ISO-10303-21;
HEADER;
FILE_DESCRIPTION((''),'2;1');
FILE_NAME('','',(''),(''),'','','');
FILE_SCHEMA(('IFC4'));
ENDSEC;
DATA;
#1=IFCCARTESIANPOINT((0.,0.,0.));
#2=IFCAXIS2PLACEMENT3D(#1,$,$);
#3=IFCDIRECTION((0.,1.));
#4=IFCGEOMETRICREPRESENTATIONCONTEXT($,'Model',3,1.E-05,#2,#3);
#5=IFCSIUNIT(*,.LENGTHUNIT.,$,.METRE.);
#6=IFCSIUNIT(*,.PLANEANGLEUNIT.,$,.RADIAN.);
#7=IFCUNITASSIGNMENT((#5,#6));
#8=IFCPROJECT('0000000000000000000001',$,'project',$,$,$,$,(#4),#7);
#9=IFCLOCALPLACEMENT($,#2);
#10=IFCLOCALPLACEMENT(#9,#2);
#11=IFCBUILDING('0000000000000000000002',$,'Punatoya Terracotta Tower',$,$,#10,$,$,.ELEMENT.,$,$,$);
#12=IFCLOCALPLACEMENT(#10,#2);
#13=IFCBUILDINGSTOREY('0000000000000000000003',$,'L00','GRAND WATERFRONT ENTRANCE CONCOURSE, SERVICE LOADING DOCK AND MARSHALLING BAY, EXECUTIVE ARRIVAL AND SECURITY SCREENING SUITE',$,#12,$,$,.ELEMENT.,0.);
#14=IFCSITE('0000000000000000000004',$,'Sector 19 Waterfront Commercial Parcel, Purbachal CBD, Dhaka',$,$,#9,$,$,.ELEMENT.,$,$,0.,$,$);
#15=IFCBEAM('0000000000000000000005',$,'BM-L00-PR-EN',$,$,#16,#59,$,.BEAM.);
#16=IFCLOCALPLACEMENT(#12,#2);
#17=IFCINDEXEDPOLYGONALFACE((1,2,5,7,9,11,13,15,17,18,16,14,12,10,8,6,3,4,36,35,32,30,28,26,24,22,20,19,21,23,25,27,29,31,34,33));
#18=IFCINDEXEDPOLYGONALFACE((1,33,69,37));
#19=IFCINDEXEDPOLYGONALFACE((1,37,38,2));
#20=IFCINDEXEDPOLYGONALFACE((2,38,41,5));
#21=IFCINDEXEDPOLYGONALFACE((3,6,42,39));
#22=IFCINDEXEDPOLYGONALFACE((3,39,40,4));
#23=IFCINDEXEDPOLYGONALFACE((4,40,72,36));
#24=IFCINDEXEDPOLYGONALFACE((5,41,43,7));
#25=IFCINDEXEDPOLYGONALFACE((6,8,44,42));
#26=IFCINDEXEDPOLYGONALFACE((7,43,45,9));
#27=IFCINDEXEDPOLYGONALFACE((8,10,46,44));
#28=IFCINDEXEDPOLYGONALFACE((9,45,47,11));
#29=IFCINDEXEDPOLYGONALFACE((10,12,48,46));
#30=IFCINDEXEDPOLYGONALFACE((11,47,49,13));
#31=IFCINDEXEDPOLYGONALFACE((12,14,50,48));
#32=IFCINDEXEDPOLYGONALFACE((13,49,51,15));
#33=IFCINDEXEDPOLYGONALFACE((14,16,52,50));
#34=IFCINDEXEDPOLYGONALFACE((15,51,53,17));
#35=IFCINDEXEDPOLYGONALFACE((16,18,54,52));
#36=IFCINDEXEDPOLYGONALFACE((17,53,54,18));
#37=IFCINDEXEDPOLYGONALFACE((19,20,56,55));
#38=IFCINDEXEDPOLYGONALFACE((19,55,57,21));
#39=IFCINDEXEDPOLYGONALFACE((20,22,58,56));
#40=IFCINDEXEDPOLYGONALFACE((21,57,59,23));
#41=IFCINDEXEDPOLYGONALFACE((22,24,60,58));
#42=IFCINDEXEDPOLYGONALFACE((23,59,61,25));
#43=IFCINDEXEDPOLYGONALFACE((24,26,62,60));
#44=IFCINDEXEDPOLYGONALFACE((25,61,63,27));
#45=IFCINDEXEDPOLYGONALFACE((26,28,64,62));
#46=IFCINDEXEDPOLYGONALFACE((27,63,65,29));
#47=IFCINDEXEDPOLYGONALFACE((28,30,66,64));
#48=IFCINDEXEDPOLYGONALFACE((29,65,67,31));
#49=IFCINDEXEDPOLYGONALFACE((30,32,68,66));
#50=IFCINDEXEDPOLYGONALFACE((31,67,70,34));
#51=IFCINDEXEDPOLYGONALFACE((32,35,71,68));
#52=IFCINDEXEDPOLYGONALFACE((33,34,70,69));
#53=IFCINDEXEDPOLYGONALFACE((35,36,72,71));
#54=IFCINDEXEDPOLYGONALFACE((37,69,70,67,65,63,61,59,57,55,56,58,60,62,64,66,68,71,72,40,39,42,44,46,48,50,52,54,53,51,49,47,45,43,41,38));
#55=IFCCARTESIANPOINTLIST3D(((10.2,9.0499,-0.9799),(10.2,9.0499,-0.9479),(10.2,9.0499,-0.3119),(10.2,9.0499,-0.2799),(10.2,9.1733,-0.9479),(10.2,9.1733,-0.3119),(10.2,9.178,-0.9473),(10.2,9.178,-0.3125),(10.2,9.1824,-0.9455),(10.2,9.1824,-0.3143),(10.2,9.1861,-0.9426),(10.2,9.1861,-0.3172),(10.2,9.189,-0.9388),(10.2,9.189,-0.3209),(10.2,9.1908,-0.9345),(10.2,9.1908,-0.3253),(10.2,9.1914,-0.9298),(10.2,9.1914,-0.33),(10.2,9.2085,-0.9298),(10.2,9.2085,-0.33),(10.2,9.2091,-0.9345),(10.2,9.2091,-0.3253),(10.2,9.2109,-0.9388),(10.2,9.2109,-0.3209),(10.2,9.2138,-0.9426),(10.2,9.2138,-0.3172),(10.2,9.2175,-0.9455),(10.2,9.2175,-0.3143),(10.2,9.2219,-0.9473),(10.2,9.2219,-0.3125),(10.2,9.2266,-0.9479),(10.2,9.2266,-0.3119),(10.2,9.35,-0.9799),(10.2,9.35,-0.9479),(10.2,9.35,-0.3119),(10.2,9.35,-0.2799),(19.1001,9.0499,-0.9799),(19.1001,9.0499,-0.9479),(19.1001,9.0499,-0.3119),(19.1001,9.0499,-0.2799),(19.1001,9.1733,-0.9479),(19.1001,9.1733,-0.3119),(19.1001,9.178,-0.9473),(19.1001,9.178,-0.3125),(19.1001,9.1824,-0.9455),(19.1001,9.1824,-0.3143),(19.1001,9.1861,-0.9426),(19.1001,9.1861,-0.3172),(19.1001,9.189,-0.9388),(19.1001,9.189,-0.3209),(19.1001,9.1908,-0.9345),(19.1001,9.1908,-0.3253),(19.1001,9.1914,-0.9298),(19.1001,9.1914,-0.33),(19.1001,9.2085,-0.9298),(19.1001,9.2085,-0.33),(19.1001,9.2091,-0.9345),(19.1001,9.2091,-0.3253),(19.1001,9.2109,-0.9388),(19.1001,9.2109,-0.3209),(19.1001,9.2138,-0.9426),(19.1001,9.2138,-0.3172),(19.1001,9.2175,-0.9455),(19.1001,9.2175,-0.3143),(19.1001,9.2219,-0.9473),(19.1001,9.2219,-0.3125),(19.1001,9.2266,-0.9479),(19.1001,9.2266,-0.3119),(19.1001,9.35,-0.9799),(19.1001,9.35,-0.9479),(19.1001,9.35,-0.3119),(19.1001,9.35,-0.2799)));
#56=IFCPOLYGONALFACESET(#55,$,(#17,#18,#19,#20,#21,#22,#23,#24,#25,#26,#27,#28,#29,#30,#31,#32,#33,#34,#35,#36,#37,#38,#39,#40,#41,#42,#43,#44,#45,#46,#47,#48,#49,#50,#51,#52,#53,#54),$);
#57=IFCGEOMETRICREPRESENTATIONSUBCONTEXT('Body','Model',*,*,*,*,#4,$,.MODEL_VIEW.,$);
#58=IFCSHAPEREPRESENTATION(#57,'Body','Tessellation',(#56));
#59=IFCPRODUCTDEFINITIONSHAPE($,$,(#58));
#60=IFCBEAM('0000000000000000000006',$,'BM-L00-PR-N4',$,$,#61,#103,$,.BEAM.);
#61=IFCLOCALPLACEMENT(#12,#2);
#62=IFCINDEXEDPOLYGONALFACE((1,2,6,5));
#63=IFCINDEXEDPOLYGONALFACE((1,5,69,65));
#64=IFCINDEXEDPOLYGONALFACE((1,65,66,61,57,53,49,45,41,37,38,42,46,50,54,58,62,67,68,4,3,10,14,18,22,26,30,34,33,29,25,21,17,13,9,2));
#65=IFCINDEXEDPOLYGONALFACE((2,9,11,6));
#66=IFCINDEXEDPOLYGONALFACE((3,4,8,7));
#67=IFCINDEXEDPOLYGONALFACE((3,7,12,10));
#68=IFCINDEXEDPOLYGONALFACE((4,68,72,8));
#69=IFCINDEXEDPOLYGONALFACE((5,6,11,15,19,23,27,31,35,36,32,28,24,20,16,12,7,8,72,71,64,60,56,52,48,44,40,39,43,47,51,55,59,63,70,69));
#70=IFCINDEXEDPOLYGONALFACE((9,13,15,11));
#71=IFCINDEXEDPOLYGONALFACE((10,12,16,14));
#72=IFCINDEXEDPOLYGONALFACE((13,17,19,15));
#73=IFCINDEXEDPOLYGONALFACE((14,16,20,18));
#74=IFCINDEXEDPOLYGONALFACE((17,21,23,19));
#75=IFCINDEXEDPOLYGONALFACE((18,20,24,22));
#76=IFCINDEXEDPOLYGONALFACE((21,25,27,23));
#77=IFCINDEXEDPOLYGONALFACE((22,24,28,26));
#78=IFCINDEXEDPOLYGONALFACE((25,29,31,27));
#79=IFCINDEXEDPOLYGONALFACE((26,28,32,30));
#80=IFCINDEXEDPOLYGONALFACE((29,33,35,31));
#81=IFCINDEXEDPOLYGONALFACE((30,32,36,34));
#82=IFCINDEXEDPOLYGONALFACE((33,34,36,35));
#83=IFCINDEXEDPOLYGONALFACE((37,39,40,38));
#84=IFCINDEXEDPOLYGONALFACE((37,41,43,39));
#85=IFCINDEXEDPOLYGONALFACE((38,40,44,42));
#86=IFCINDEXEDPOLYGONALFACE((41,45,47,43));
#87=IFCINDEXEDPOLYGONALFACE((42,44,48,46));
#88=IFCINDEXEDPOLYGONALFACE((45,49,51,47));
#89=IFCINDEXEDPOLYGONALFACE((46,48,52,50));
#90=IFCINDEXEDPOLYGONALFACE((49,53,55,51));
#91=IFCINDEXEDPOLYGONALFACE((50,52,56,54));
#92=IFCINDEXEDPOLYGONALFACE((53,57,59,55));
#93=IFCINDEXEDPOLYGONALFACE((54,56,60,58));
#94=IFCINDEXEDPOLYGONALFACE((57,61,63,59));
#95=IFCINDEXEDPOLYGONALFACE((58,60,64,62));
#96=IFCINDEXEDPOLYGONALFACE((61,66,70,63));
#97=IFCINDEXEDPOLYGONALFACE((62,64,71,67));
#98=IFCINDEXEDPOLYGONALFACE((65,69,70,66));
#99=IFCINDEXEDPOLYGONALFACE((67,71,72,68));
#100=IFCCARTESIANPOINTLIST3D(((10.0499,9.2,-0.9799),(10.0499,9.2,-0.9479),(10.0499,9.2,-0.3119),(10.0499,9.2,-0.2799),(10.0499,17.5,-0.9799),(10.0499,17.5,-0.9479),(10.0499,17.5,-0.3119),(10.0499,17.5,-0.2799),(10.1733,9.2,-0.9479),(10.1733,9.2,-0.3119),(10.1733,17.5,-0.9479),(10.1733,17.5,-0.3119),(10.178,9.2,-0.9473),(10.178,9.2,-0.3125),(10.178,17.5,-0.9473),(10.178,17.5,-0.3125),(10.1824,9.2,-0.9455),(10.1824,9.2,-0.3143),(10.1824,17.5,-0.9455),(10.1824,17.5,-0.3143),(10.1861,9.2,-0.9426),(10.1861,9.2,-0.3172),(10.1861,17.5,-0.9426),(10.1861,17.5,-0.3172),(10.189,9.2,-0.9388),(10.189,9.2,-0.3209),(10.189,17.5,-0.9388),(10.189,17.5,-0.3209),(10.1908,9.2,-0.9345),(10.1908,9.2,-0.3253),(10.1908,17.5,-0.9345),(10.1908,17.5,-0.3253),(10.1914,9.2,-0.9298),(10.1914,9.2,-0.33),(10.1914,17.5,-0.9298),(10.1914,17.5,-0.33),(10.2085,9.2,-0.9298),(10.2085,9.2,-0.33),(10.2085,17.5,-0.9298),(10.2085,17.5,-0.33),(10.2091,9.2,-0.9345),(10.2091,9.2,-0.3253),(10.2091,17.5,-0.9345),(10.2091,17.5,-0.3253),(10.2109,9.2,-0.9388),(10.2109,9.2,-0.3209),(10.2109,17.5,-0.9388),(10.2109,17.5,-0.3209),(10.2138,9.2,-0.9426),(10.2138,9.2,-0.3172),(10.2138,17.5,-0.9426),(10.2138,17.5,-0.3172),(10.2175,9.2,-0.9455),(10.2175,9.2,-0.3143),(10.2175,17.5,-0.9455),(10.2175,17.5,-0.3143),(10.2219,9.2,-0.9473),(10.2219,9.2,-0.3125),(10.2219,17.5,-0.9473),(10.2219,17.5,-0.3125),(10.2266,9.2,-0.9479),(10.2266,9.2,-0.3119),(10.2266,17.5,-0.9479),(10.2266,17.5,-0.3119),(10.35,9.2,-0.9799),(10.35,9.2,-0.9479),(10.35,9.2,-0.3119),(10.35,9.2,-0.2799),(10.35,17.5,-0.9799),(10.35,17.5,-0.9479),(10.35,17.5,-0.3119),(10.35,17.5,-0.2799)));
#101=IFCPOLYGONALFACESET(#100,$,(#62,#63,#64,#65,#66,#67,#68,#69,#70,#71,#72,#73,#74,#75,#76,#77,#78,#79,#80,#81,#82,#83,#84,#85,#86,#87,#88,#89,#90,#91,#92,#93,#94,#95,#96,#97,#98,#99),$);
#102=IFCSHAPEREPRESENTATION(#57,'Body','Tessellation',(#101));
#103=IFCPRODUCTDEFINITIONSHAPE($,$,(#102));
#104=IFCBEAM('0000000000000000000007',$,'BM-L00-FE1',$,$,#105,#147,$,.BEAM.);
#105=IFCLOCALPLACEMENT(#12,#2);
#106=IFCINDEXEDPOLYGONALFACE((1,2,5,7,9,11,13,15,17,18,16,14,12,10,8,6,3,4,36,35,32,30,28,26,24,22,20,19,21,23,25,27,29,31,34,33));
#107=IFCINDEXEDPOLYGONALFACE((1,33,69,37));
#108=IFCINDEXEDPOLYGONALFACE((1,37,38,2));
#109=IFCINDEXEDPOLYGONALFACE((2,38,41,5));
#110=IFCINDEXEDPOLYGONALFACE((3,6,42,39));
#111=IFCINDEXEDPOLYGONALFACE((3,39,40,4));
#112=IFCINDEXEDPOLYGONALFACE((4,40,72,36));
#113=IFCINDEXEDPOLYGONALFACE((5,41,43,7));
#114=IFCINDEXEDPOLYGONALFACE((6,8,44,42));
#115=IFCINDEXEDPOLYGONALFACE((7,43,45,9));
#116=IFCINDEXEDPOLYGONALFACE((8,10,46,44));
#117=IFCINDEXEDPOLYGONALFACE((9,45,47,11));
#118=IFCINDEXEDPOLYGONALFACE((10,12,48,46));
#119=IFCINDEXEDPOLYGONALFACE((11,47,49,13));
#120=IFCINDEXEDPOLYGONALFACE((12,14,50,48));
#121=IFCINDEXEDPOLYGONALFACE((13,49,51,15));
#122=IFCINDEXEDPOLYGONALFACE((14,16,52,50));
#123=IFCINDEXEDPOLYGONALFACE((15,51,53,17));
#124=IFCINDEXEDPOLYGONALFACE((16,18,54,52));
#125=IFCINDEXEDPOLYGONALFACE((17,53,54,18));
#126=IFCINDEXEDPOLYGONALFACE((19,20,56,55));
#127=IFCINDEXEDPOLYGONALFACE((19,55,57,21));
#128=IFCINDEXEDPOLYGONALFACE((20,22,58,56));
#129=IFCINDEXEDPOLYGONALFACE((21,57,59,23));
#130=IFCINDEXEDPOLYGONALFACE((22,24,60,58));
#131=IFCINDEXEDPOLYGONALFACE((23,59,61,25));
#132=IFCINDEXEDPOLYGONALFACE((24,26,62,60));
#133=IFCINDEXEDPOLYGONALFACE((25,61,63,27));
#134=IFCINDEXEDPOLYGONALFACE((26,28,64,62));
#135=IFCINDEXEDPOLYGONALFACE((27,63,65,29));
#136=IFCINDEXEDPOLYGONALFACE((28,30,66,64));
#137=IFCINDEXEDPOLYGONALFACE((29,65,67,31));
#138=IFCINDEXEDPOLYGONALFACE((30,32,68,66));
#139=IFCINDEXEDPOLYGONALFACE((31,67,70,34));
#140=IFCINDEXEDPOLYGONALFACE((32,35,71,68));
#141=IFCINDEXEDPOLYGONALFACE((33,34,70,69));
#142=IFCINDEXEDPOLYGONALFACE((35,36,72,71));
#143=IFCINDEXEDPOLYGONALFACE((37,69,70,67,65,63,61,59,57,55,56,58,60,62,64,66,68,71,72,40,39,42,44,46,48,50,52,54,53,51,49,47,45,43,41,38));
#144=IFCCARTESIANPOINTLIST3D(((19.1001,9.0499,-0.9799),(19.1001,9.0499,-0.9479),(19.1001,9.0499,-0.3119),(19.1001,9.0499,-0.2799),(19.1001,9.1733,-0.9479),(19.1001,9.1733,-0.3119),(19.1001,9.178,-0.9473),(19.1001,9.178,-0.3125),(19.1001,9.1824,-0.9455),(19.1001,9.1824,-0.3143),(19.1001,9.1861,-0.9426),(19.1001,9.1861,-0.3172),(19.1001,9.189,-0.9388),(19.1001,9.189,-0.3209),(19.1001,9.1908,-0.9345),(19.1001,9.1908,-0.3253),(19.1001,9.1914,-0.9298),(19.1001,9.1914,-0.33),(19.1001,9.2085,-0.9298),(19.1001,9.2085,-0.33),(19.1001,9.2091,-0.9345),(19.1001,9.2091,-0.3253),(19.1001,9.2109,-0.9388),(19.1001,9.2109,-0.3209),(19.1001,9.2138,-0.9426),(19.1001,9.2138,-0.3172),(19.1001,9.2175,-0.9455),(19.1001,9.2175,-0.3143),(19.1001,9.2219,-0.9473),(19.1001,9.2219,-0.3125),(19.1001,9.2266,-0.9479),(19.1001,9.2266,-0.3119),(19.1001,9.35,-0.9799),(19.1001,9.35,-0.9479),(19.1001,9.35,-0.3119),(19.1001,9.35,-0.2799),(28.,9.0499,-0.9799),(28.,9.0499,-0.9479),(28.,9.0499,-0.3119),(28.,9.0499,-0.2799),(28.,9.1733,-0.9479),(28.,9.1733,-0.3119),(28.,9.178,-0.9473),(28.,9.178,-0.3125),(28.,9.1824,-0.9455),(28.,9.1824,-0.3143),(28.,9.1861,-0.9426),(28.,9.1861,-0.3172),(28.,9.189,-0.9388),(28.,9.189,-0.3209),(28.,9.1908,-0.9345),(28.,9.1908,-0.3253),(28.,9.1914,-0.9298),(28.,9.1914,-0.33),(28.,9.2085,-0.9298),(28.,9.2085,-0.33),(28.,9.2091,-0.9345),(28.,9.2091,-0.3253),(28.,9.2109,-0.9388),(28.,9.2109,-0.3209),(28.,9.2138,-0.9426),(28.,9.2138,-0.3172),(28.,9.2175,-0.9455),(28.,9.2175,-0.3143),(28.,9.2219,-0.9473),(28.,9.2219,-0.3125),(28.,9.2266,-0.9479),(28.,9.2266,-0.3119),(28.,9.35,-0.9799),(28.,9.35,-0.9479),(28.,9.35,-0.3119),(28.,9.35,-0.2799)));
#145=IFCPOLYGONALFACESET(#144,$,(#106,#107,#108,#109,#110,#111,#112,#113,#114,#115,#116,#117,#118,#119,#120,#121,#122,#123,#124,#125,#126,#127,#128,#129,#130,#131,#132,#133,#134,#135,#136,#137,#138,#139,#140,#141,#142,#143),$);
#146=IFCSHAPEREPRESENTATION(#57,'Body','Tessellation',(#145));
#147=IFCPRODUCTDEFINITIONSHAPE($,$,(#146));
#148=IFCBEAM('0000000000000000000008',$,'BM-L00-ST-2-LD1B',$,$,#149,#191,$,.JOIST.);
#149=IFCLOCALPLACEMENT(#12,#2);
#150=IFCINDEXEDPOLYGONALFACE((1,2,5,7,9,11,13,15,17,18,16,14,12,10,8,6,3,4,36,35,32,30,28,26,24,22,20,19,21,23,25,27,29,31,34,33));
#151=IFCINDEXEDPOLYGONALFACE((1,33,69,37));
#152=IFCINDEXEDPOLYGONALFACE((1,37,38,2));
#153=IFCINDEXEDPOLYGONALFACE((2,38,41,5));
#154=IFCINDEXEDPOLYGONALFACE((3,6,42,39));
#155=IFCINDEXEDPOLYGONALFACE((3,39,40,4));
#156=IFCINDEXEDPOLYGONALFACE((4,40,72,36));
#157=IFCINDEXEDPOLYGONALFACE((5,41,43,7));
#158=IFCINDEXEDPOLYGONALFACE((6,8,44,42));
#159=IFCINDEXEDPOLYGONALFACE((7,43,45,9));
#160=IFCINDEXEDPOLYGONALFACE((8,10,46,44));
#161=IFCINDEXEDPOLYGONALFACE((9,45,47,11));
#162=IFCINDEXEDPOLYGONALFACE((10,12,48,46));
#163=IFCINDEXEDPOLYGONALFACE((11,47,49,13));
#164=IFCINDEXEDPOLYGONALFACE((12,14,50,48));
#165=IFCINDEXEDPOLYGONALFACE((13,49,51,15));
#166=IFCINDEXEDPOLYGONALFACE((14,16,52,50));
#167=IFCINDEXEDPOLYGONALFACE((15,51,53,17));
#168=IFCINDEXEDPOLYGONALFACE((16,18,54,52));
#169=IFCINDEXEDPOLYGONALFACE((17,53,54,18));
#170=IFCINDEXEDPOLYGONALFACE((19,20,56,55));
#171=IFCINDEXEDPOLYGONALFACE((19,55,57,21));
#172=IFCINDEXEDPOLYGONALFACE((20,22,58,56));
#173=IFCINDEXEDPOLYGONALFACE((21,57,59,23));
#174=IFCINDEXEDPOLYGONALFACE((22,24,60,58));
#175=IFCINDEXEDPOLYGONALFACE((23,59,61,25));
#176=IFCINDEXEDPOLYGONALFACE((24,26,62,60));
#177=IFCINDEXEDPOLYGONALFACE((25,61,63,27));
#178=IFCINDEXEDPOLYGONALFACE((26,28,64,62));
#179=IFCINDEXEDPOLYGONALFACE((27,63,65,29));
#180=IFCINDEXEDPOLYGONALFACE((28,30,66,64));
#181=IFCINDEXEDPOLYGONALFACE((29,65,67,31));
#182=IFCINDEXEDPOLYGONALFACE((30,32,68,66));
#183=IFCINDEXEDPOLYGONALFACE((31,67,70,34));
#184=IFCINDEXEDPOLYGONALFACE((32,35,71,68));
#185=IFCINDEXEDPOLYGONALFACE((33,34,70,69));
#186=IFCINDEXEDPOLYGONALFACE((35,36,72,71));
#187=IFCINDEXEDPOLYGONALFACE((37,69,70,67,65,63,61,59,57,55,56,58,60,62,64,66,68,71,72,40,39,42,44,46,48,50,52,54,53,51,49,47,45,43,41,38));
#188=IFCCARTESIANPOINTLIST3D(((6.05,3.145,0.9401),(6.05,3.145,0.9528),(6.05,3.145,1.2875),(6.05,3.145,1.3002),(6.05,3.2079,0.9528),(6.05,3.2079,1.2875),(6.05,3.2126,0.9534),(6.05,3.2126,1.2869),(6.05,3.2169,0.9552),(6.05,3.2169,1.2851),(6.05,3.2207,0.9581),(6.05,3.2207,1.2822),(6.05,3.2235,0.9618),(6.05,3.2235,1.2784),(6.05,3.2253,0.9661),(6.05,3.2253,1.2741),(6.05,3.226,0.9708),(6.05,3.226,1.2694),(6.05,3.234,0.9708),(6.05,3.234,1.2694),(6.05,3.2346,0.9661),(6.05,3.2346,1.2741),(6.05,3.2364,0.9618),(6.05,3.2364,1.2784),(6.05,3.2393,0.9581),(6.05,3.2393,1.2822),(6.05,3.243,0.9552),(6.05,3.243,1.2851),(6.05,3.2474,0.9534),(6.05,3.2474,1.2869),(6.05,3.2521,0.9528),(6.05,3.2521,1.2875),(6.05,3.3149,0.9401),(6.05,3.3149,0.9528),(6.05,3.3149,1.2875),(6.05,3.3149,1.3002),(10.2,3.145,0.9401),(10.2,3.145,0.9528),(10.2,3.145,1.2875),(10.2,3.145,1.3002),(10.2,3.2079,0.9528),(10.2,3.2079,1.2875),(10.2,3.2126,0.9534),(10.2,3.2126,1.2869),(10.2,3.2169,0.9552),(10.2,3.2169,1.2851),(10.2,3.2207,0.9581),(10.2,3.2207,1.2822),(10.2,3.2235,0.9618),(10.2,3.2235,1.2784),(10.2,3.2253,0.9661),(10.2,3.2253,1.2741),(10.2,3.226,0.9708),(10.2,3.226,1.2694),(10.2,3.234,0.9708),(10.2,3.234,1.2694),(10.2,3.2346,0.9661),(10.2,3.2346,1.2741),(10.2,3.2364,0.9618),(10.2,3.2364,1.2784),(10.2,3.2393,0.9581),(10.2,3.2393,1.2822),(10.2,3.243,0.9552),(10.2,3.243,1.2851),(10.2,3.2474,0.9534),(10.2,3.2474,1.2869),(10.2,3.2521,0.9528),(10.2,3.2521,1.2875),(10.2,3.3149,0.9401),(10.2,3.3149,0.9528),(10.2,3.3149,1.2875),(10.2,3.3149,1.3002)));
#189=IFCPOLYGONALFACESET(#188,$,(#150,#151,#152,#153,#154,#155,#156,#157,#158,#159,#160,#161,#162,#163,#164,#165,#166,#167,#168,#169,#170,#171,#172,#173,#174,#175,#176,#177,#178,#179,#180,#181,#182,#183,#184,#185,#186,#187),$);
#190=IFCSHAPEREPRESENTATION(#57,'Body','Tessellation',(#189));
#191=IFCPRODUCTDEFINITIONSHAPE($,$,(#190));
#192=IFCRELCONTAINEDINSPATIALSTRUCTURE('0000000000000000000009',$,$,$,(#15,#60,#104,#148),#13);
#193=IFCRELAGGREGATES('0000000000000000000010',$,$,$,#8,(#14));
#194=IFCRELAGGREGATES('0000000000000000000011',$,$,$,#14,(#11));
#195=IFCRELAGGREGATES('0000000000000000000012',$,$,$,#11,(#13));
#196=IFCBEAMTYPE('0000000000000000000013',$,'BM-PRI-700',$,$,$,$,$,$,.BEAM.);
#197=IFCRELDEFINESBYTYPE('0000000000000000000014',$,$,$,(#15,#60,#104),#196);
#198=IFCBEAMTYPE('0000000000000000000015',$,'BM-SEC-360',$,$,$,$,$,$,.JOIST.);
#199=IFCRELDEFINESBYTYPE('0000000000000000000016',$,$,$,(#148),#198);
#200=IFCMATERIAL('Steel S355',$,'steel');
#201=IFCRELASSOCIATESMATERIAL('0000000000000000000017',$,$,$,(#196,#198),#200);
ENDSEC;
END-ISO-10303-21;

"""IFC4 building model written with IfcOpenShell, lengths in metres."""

from ifc_helpers import new_model, si_unit, direction, frame, origin, origin_2d, place, context, subcontext, project, spatial, i_section, extrude, material, material_profile, profile_set, type_object, element, save


model = new_model("IFC4")

# Units and contexts
model_context = context("Model", 3, precision=1e-05, world=origin(), true_north=direction((0.0, 1.0)))
body_context = subcontext(model_context, "Body", "Model", "MODEL_VIEW")
ifc_project = project(units=[si_unit("LENGTHUNIT", "METRE"), si_unit("PLANEANGLEUNIT", "RADIAN")], contexts=[model_context])

# Site, building, storey
site_placement = place(None, origin())
site = spatial("IfcSite", under=ifc_project, at=site_placement, Name="Sector 19 Waterfront Commercial Parcel, Purbachal CBD, Dhaka", CompositionType="ELEMENT", RefElevation=0.0)
building_placement = place(site_placement, origin())
building = spatial("IfcBuilding", under=site, at=building_placement, Name="Punatoya Terracotta Tower", CompositionType="ELEMENT")
storey_placement = place(building_placement, origin())
storey = spatial("IfcBuildingStorey", under=building, at=storey_placement, Name="L00", Description="GRAND WATERFRONT ENTRANCE CONCOURSE, SERVICE LOADING DOCK AND MARSHALLING BAY, EXECUTIVE ARRIVAL AND SECURITY SCREENING SUITE", CompositionType="ELEMENT", Elevation=0.0)

# Beams
ifc_material_1 = material(Name="Steel S355", Category="steel")
ifc_material_profile_1 = material_profile(ifc_material_1, i_section(OverallWidth=0.3, OverallDepth=0.7, WebThickness=0.0171, FlangeThickness=0.032, FilletRadius=0.0181, at=origin_2d()))
ifc_profile_set_1 = profile_set([ifc_material_profile_1], Name="Steel S355")
beam_type_1 = type_object("IfcBeamType", Name="BM-PRI-700", PredefinedType="BEAM", material=ifc_profile_set_1)
for number, where, z_axis, x_axis, name in (
    (1, (10.2, 9.2, -0.6299), (1.0, 0.0, 0.0), (0.0, 1.0, 0.0), "BM-L00-PR-EN"),
):
    element("IfcBeam", number, at=place(storey_placement, frame(where, z_axis=z_axis, x_axis=x_axis)), inside=storey, type_object=beam_type_1, Name=name, PredefinedType="BEAM", context=body_context, shape_type="SweptSolid", body=[
        extrude(i_section(OverallWidth=0.3, OverallDepth=0.7, WebThickness=0.0171, FlangeThickness=0.032, FilletRadius=0.0181, at=origin_2d()), origin(), (0.0, 0.0, 1.0), 8.9001),
    ])
beam_1_placement = place(storey_placement, frame((10.2, 9.2, -0.6299), z_axis=(0.0, 1.0, 0.0), x_axis=(-1.0, 0.0, 0.0)))
element("IfcBeam", 2, at=beam_1_placement, inside=storey, type_object=beam_type_1, Name="BM-L00-PR-N4", PredefinedType="BEAM", context=body_context, shape_type="SweptSolid", body=[
    extrude(i_section(OverallWidth=0.3, OverallDepth=0.7, WebThickness=0.0171, FlangeThickness=0.032, FilletRadius=0.0181, at=origin_2d()), origin(), (0.0, 0.0, 1.0), 8.3),
])
beam_2_placement = place(storey_placement, frame((19.1001, 9.2, -0.6299), z_axis=(1.0, 0.0, 0.0), x_axis=(0.0, 1.0, 0.0)))
element("IfcBeam", 3, at=beam_2_placement, inside=storey, type_object=beam_type_1, Name="BM-L00-FE1", PredefinedType="BEAM", context=body_context, shape_type="SweptSolid", body=[
    extrude(i_section(OverallWidth=0.3, OverallDepth=0.7, WebThickness=0.0171, FlangeThickness=0.032, FilletRadius=0.0181, at=origin_2d()), origin(), (0.0, 0.0, 1.0), 8.8999),
])
ifc_material_profile_2 = material_profile(ifc_material_1, i_section(OverallWidth=0.1699, OverallDepth=0.3601, WebThickness=0.0081, FlangeThickness=0.0127, FilletRadius=0.0181, at=origin_2d()))
ifc_profile_set_2 = profile_set([ifc_material_profile_2], Name="Steel S355")
beam_type_2 = type_object("IfcBeamType", Name="BM-SEC-360", PredefinedType="JOIST", material=ifc_profile_set_2)
for number, where, z_axis, x_axis, name in (
    (4, (6.05, 3.23, 1.1201), (1.0, 0.0, 0.0), (0.0, 1.0, 0.0), "BM-L00-ST-2-LD1B"),
):
    element("IfcBeam", number, at=place(storey_placement, frame(where, z_axis=z_axis, x_axis=x_axis)), inside=storey, type_object=beam_type_2, Name=name, PredefinedType="JOIST", context=body_context, shape_type="SweptSolid", body=[
        extrude(i_section(OverallWidth=0.1699, OverallDepth=0.3601, WebThickness=0.0081, FlangeThickness=0.0127, FilletRadius=0.0181, at=origin_2d()), origin(), (0.0, 0.0, 1.0), 4.1499),
    ])

save(model, "model.ifc")
